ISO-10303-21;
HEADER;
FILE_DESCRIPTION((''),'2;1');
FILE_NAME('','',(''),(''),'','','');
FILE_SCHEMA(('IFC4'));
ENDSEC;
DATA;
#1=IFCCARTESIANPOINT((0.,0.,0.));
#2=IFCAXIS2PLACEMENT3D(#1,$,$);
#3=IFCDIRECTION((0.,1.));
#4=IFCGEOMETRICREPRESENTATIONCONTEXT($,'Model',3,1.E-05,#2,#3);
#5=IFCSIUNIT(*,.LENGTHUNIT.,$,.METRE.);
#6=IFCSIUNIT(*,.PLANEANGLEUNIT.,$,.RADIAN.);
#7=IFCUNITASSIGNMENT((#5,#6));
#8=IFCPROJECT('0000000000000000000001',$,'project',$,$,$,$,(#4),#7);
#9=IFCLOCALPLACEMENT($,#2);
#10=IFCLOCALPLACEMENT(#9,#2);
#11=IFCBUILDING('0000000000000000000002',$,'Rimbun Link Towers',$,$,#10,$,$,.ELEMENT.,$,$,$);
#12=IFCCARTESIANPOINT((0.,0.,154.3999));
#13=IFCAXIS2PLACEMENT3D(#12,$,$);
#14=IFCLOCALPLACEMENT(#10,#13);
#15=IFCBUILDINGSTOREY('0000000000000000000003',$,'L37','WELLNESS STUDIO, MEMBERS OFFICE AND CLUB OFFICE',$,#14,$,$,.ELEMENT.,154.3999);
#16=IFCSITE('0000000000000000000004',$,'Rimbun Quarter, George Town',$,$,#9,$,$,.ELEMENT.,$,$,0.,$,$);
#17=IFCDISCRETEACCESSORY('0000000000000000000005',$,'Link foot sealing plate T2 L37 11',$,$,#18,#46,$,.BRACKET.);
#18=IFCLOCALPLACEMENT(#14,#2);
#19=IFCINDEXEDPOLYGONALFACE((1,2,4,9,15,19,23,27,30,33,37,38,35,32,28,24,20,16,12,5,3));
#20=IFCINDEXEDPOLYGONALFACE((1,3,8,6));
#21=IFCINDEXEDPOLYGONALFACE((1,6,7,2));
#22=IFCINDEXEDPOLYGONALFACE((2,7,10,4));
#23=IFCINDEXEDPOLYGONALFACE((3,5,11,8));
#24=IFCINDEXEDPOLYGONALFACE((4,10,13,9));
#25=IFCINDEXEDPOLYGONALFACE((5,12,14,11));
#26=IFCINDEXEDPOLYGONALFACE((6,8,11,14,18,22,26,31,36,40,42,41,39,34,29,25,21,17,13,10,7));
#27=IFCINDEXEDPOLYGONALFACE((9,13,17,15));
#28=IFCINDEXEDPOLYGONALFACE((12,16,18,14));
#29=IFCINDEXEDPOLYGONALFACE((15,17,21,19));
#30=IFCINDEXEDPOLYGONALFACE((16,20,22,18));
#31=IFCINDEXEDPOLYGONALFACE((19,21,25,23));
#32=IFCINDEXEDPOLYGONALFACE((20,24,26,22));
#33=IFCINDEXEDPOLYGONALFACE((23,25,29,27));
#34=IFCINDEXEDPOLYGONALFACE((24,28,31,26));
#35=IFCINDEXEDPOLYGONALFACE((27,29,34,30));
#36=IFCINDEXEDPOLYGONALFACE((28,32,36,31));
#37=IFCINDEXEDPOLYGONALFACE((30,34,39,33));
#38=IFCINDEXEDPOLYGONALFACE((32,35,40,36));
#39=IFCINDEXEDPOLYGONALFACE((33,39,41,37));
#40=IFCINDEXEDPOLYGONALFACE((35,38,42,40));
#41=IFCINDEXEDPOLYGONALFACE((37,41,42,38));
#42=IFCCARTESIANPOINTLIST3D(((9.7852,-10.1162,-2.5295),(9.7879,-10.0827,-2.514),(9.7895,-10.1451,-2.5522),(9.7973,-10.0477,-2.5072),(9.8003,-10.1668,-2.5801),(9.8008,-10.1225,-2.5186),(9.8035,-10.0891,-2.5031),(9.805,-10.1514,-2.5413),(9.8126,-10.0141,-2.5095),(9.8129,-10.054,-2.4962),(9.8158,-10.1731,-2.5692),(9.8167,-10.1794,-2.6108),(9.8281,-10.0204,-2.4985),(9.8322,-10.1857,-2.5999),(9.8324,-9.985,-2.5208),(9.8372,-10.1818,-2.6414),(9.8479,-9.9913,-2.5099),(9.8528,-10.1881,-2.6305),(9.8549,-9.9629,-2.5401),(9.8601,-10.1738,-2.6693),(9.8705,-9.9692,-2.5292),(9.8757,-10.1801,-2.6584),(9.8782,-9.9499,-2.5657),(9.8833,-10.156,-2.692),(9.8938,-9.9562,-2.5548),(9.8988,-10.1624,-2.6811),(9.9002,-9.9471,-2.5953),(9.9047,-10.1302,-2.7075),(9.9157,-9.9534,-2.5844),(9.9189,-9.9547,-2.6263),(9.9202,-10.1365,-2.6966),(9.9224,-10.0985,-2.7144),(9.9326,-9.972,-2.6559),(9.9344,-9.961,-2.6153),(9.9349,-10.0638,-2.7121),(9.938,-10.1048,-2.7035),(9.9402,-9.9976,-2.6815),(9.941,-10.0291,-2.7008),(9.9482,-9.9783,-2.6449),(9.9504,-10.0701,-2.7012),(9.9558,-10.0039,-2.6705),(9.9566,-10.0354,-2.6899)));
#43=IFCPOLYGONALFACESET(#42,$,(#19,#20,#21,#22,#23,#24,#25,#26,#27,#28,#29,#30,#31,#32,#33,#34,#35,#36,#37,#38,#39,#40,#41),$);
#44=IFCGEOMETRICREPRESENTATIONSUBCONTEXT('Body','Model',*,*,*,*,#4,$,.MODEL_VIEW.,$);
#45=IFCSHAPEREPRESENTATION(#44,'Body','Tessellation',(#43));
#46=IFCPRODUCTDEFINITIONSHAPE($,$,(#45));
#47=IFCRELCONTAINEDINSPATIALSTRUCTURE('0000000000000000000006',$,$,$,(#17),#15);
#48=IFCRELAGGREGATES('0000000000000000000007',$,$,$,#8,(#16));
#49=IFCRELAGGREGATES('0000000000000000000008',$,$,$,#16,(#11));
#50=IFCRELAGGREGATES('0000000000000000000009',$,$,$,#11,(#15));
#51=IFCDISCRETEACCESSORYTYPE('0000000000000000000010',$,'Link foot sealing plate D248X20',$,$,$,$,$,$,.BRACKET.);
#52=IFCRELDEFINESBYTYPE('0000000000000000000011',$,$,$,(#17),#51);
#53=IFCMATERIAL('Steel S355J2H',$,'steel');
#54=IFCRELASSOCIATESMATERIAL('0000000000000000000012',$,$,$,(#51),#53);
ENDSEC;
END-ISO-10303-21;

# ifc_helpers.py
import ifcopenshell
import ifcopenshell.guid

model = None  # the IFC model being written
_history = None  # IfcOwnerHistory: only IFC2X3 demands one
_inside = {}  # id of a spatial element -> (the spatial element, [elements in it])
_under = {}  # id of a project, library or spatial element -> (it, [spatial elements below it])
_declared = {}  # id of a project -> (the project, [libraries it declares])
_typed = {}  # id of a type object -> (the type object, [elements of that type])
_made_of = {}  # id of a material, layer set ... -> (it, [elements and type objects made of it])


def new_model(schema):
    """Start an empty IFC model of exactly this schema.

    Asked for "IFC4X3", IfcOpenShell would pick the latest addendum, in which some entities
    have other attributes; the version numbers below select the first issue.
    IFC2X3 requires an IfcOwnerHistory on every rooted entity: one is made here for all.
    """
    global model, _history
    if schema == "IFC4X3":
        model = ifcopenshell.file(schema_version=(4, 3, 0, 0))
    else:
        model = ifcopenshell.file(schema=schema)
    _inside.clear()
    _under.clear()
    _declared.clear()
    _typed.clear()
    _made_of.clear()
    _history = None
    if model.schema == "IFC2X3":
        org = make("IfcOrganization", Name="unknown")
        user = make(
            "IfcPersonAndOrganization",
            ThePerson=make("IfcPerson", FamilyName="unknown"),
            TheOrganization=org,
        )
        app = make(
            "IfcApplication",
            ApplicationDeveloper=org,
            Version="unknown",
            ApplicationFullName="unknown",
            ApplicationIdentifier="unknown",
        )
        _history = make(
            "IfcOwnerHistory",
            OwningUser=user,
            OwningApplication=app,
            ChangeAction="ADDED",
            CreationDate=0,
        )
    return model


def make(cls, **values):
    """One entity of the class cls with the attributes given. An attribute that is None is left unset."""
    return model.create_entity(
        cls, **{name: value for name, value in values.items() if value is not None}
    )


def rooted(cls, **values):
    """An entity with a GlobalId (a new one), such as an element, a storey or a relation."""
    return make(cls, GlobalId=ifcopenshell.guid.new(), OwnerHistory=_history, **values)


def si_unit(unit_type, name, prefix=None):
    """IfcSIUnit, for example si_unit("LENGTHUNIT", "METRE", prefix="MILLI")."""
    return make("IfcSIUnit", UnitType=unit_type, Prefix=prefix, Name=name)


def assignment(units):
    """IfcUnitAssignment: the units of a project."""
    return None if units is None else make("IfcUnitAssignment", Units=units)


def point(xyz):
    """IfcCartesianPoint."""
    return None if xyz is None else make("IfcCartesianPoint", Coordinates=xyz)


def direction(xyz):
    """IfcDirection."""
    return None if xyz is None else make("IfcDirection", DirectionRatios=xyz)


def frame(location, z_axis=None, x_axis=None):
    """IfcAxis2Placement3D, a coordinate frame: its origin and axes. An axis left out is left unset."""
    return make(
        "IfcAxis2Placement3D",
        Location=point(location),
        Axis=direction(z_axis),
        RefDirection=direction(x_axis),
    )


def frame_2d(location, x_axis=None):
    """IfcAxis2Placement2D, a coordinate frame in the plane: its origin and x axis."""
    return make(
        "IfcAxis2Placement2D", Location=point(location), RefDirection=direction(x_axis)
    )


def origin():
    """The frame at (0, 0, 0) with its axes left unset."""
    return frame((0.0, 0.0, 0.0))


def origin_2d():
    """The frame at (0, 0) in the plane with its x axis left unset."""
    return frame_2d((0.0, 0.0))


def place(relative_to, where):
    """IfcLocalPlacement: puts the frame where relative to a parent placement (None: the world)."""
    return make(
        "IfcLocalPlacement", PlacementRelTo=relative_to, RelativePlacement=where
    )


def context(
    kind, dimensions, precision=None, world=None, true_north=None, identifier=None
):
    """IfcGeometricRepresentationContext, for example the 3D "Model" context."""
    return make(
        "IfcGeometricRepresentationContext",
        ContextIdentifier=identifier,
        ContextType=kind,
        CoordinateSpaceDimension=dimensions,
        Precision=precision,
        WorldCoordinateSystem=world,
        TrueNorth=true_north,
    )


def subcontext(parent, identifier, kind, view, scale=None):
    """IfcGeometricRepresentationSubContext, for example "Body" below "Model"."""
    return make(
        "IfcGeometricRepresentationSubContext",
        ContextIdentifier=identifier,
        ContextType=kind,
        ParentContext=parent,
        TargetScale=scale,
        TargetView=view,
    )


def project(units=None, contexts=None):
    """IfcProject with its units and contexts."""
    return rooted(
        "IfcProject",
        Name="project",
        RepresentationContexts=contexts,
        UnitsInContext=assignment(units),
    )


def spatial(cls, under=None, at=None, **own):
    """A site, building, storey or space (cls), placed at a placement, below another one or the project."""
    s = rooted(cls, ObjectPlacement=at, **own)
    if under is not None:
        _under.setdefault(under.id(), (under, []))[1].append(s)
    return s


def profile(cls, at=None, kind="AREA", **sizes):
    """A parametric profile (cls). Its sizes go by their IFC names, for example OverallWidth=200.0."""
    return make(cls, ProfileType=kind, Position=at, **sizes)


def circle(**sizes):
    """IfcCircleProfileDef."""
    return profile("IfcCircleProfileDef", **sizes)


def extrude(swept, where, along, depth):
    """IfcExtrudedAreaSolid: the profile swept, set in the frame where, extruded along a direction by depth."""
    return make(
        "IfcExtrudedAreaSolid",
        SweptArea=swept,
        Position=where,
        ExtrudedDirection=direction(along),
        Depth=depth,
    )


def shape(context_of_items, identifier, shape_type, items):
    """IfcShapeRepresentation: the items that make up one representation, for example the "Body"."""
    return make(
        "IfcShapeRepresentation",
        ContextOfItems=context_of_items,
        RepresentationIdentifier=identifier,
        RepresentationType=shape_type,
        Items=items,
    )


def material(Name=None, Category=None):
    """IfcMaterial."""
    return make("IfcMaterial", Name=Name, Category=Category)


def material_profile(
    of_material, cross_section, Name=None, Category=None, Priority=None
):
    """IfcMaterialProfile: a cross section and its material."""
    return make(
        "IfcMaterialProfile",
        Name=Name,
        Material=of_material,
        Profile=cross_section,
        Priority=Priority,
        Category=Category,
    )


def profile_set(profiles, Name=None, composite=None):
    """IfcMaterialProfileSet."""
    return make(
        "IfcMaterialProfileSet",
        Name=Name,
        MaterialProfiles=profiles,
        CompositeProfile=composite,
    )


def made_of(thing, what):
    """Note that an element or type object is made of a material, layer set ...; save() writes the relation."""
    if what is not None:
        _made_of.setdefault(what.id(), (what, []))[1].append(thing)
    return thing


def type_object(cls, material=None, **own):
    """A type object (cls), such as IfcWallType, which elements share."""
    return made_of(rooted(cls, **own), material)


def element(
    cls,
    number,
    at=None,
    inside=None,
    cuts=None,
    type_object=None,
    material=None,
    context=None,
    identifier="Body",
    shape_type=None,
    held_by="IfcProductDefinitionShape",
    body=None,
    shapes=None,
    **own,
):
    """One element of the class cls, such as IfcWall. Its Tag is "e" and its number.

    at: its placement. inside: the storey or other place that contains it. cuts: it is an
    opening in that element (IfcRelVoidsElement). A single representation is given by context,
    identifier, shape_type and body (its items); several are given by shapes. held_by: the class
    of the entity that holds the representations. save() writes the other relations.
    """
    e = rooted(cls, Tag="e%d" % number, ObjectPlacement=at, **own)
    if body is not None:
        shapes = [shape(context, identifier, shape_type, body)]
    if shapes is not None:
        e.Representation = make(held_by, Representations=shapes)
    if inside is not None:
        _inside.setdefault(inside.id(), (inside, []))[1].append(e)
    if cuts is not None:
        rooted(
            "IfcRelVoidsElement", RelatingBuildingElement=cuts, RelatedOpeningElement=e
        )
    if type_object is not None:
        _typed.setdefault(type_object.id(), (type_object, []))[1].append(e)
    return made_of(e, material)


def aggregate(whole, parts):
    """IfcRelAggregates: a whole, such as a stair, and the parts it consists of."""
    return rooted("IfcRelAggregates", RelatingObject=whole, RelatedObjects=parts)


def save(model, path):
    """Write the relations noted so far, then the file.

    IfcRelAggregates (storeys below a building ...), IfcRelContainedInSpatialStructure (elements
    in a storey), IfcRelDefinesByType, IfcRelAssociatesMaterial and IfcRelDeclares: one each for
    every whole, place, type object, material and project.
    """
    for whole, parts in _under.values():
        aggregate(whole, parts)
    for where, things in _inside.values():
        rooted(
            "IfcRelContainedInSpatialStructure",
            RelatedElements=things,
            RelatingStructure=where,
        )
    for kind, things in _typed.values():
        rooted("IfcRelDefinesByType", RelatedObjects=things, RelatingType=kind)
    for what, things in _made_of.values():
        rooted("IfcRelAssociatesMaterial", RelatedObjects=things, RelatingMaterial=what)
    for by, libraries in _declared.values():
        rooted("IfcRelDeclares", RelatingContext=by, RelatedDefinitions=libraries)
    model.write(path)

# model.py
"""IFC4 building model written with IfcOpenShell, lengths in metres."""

from ifc_helpers import new_model, si_unit, direction, frame, origin, origin_2d, place, context, subcontext, project, spatial, circle, extrude, material, material_profile, profile_set, type_object, element, save


model = new_model("IFC4")

# Units and contexts
model_context = context("Model", 3, precision=1e-05, world=origin(), true_north=direction((0.0, 1.0)))
body_context = subcontext(model_context, "Body", "Model", "MODEL_VIEW")
ifc_project = project(units=[si_unit("LENGTHUNIT", "METRE"), si_unit("PLANEANGLEUNIT", "RADIAN")], contexts=[model_context])

# Site, building, storey
site_placement = place(None, origin())
site = spatial("IfcSite", under=ifc_project, at=site_placement, Name="Rimbun Quarter, George Town", CompositionType="ELEMENT", RefElevation=0.0)
building_placement = place(site_placement, origin())
building = spatial("IfcBuilding", under=site, at=building_placement, Name="Rimbun Link Towers", CompositionType="ELEMENT")
storey_placement = place(building_placement, frame((0.0, 0.0, 154.3999)))
storey = spatial("IfcBuildingStorey", under=building, at=storey_placement, Name="L37", Description="WELLNESS STUDIO, MEMBERS OFFICE AND CLUB OFFICE", CompositionType="ELEMENT", Elevation=154.3999)

# Discrete accessory
ifc_material_1 = material(Name="Steel S355J2H", Category="steel")
ifc_material_profile_1 = material_profile(ifc_material_1, circle(Radius=0.124, at=origin_2d()), Name="PL D248")
ifc_profile_set_1 = profile_set([ifc_material_profile_1], Name="Steel S355J2H")
discrete_accessory_type = type_object("IfcDiscreteAccessoryType", Name="Link foot sealing plate D248X20", PredefinedType="BRACKET", material=ifc_profile_set_1)
discrete_accessory_placement = place(storey_placement, frame((9.8789, -10.0708, -2.5999), z_axis=(-0.776285, 0.315366, -0.545826), x_axis=(-0.376377, -0.926467, 0.0)))
element("IfcDiscreteAccessory", 1, at=discrete_accessory_placement, inside=storey, type_object=discrete_accessory_type, Name="Link foot sealing plate T2 L37 11", PredefinedType="BRACKET", context=body_context, shape_type="SweptSolid", body=[
    extrude(circle(Radius=0.124, at=origin_2d()), origin(), (0.0, 0.0, 1.0), 0.02),
])

save(model, "model.ifc")
